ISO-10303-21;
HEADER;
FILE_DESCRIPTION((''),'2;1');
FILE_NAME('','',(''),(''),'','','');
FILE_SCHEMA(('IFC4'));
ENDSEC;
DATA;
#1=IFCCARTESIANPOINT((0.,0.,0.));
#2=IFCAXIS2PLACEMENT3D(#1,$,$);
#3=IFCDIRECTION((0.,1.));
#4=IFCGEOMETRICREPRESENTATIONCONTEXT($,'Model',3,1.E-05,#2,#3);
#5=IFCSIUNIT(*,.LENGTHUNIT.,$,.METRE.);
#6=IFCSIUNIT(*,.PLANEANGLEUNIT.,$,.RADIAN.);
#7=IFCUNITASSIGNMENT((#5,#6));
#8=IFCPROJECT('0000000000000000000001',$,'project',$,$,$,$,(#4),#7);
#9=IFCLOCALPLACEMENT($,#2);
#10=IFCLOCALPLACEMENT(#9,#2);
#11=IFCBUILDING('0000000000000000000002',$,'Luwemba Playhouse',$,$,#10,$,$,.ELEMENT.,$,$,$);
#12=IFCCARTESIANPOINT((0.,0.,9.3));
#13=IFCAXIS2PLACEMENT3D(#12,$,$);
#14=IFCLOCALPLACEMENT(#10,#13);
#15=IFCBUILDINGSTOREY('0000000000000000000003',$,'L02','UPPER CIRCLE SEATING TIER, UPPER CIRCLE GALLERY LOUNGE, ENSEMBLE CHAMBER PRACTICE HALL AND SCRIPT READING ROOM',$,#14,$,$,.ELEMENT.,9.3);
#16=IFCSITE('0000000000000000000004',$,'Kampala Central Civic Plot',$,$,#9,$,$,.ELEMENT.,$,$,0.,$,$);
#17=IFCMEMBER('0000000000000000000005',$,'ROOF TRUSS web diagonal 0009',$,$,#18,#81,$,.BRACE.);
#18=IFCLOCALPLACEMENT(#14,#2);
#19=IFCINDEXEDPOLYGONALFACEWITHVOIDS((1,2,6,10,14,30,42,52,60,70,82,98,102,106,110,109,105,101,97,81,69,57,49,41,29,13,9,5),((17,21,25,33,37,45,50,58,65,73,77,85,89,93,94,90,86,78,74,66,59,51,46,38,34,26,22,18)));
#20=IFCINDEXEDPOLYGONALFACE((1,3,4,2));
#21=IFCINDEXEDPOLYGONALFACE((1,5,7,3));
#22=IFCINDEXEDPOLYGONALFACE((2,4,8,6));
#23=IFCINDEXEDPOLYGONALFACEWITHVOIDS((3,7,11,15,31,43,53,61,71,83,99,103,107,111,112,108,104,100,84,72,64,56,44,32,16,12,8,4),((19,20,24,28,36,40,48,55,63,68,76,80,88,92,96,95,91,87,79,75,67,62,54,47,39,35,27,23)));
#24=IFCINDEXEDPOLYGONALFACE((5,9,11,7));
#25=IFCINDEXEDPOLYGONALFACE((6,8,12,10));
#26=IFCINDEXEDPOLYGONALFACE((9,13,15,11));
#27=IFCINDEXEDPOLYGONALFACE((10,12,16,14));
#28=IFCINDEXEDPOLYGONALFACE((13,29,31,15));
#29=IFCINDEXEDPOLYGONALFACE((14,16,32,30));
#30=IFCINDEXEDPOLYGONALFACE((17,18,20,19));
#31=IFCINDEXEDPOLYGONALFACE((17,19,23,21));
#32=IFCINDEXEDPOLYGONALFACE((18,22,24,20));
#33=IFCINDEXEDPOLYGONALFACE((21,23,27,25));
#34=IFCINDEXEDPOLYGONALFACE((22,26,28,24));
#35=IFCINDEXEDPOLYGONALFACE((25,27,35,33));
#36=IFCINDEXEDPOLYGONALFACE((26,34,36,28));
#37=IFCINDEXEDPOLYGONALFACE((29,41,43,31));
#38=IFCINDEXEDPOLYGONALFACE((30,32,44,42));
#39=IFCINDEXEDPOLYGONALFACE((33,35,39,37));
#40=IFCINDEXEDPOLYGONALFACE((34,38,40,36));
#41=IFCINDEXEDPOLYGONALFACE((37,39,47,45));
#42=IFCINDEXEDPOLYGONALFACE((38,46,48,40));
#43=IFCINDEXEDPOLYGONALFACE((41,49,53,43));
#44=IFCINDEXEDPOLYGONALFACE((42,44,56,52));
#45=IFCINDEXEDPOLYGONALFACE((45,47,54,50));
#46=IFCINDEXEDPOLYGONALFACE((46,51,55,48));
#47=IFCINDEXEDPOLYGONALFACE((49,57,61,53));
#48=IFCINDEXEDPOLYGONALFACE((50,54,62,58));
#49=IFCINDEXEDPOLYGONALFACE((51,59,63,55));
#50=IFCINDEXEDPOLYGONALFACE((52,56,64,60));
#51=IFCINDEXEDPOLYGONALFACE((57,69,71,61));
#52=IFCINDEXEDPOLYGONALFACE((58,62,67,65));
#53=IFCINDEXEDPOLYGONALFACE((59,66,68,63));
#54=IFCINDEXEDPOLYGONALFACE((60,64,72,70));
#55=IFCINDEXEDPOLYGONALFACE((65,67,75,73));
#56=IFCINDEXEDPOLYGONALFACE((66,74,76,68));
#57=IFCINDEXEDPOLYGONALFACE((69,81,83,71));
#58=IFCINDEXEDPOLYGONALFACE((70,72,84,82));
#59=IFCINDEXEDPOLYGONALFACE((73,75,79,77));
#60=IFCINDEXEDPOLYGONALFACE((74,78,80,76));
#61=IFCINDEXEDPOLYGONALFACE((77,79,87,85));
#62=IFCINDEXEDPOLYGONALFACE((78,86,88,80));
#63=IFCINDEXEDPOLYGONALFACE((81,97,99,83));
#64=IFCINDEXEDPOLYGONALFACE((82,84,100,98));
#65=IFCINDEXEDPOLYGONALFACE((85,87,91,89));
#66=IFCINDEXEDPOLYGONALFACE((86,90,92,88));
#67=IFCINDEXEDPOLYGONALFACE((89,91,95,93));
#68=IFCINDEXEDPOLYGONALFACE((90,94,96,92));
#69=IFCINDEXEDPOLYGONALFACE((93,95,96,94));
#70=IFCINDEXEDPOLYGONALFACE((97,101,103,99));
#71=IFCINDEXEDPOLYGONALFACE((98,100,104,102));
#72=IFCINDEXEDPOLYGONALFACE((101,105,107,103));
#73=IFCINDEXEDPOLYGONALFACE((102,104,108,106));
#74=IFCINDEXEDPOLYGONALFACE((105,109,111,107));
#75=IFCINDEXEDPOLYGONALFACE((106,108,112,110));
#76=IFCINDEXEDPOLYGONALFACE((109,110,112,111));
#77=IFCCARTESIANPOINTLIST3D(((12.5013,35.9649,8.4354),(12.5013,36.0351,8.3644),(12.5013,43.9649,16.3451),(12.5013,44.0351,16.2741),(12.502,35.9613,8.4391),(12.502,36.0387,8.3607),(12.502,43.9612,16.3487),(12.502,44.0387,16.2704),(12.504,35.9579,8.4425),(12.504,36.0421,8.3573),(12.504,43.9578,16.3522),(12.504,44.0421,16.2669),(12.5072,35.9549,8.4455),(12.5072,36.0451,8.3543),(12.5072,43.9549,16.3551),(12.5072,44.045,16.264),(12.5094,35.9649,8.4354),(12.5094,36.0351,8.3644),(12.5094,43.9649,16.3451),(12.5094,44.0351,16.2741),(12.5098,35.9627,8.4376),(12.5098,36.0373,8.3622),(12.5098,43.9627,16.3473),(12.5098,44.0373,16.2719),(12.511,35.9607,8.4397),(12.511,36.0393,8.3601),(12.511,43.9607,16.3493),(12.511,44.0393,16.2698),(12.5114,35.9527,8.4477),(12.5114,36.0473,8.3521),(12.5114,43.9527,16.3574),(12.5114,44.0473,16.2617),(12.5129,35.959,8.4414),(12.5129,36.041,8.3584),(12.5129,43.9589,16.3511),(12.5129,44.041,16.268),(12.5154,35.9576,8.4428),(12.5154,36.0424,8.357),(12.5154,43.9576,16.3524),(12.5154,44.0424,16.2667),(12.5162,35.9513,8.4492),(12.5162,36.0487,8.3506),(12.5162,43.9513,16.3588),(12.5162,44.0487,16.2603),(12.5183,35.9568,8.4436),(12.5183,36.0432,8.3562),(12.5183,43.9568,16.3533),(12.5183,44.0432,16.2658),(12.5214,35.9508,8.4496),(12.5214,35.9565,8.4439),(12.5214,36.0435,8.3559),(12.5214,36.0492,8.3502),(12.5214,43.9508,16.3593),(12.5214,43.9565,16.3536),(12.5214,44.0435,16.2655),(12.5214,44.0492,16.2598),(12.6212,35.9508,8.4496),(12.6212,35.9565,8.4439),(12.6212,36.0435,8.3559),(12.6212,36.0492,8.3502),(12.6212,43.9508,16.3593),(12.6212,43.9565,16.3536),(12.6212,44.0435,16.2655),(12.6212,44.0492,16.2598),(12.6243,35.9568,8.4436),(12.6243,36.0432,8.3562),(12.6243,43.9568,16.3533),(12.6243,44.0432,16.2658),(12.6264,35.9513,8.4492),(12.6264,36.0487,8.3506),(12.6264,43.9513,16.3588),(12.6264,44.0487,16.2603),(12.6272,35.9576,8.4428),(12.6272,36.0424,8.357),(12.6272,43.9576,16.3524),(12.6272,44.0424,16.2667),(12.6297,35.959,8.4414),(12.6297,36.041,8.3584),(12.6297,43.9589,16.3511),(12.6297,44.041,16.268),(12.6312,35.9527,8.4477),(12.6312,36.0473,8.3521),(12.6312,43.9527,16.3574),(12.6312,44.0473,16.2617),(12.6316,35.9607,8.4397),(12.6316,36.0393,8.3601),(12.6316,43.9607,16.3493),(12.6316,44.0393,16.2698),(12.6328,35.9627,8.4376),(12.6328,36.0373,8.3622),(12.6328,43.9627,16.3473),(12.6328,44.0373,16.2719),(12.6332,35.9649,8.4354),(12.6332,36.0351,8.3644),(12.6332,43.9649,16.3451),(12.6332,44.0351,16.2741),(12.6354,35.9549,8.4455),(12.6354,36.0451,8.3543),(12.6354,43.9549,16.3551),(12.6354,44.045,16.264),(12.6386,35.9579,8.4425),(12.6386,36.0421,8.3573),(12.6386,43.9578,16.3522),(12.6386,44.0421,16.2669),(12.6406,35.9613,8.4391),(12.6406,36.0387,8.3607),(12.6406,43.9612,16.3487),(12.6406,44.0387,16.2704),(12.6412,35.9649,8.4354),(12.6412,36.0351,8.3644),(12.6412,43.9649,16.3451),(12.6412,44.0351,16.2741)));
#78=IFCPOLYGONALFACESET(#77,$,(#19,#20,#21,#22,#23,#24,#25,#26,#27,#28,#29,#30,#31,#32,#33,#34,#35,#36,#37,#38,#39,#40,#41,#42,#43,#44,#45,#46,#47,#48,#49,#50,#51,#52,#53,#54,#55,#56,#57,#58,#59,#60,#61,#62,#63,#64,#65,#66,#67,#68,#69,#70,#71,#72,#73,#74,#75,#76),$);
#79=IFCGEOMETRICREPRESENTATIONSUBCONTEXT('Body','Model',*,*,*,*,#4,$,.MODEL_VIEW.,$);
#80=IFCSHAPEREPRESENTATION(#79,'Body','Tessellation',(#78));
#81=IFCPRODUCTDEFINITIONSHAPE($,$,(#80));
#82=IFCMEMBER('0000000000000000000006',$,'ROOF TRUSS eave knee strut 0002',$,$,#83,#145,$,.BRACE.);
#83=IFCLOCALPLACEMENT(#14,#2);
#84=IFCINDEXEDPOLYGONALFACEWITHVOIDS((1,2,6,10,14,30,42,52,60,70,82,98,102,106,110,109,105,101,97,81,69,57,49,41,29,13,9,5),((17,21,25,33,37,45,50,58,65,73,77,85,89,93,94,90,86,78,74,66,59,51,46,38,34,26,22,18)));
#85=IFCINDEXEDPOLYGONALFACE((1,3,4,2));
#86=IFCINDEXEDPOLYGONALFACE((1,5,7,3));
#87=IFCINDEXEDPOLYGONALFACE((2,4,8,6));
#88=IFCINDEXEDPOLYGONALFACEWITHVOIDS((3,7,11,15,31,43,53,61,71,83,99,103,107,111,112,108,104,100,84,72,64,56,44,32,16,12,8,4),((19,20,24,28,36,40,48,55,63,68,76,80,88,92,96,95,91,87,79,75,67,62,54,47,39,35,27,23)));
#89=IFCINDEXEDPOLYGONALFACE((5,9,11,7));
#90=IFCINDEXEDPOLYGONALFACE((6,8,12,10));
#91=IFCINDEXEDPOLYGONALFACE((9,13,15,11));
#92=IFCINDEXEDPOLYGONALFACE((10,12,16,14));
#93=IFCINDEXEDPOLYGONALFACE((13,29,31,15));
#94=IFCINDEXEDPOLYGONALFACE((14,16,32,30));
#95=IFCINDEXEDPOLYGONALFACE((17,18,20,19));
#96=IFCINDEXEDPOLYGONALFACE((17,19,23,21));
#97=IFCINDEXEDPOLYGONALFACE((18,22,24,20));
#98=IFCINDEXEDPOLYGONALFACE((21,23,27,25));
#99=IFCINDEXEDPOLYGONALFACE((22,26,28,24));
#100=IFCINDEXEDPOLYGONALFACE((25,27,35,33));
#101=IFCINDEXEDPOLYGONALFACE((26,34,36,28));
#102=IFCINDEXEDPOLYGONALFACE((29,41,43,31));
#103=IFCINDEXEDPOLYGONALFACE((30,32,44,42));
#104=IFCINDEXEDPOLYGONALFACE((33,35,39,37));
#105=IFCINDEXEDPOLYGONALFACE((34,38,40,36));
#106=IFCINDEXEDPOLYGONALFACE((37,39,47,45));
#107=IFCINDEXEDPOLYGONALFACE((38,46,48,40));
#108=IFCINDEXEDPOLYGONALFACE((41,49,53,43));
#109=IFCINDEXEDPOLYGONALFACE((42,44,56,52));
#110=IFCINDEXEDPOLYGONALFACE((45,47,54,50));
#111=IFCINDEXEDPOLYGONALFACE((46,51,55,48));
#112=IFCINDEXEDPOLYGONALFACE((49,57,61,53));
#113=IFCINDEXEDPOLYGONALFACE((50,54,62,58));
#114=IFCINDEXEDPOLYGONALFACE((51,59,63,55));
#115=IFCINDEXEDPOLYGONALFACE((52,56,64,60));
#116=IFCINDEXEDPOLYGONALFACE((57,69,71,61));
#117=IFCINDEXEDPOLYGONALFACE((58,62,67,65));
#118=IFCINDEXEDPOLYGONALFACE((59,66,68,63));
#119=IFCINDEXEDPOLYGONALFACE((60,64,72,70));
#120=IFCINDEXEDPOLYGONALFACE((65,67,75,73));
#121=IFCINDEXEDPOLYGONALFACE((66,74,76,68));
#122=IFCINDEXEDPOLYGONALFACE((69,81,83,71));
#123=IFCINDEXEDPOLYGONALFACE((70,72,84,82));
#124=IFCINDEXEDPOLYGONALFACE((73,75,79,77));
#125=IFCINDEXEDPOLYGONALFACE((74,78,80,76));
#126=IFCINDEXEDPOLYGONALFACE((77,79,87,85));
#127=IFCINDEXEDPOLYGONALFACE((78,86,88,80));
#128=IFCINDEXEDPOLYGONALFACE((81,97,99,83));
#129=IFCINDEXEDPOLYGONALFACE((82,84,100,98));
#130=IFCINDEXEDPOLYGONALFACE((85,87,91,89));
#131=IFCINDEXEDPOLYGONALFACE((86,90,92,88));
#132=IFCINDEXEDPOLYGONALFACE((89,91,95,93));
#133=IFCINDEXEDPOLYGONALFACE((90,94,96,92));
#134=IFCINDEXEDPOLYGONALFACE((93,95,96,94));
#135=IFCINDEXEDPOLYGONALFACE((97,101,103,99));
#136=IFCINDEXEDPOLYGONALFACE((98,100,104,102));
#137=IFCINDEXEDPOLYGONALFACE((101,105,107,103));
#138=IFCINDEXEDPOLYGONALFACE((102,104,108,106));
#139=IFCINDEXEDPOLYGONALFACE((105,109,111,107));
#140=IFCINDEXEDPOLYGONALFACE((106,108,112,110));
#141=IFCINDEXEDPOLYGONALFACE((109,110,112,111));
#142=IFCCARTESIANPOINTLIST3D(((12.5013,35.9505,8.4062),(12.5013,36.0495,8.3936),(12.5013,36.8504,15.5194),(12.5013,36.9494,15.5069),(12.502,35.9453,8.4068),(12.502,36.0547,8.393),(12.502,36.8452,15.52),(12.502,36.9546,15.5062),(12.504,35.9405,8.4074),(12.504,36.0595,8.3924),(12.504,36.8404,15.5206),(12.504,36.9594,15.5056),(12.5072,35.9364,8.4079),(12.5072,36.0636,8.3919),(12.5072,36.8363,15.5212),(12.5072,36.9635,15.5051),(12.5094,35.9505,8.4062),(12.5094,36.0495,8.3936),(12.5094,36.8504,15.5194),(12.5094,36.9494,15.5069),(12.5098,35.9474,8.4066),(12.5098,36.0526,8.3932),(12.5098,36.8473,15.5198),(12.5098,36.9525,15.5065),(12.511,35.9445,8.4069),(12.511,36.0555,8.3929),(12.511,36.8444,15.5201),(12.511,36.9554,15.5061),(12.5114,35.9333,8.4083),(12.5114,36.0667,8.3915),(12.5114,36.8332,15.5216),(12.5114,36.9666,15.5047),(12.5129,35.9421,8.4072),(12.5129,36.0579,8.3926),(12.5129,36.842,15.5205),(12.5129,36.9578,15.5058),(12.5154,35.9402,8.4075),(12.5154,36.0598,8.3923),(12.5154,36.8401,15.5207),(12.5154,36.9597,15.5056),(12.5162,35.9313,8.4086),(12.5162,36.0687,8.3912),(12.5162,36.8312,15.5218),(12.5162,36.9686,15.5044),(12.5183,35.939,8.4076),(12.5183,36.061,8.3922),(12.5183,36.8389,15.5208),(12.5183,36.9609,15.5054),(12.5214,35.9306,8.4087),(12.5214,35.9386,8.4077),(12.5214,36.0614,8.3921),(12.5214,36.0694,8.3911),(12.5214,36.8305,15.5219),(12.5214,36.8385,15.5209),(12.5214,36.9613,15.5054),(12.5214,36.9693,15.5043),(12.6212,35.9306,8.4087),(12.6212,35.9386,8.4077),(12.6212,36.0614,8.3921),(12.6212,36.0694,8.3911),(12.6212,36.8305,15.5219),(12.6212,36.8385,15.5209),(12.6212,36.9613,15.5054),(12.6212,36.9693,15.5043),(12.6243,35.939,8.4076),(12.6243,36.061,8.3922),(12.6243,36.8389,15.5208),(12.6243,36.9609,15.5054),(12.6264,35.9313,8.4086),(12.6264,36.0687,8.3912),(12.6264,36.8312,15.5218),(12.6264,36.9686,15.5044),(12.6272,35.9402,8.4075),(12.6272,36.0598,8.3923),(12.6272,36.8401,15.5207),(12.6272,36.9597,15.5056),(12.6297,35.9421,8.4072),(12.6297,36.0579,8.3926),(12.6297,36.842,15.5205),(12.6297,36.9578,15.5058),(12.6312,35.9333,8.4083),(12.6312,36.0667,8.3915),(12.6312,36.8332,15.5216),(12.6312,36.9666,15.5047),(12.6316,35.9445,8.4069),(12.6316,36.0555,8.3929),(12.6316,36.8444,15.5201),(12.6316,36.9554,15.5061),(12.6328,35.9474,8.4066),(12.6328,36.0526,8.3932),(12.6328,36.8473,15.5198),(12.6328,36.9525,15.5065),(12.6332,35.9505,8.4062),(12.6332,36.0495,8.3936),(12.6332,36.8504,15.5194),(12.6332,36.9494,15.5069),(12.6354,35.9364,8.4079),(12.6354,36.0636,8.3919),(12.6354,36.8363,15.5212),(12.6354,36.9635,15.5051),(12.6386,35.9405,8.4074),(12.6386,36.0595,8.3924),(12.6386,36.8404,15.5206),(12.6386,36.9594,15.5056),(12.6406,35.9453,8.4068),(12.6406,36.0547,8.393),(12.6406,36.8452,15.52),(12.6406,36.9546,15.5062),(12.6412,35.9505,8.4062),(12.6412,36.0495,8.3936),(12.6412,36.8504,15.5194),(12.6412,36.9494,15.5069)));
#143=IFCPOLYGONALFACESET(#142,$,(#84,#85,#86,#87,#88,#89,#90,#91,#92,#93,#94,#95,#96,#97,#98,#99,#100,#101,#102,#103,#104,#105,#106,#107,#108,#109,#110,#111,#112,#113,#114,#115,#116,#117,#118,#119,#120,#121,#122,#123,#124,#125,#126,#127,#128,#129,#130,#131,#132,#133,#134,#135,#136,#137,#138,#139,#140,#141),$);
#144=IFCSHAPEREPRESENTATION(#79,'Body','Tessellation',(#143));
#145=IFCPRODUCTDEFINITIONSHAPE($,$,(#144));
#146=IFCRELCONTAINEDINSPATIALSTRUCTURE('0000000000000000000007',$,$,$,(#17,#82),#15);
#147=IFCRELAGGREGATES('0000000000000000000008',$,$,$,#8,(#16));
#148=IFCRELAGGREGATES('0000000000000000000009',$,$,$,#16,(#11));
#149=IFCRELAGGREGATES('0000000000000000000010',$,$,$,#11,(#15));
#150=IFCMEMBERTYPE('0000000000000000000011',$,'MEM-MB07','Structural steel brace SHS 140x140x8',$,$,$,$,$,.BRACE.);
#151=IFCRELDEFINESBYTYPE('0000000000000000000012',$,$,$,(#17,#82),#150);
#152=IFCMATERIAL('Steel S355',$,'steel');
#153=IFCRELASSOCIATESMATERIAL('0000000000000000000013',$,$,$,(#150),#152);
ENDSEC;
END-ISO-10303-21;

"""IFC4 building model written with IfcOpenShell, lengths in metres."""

from ifc_helpers import new_model, si_unit, direction, frame, origin, origin_2d, place, context, subcontext, project, spatial, hollow_rectangle, extrude, material, material_profile, profile_set, type_object, element, save


model = new_model("IFC4")

# Units and contexts
model_context = context("Model", 3, precision=1e-05, world=origin(), true_north=direction((0.0, 1.0)))
body_context = subcontext(model_context, "Body", "Model", "MODEL_VIEW")
ifc_project = project(units=[si_unit("LENGTHUNIT", "METRE"), si_unit("PLANEANGLEUNIT", "RADIAN")], contexts=[model_context])

# Site, building, storey
site_placement = place(None, origin())
site = spatial("IfcSite", under=ifc_project, at=site_placement, Name="Kampala Central Civic Plot", CompositionType="ELEMENT", RefElevation=0.0)
building_placement = place(site_placement, origin())
building = spatial("IfcBuilding", under=site, at=building_placement, Name="Luwemba Playhouse", CompositionType="ELEMENT")
storey_placement = place(building_placement, frame((0.0, 0.0, 9.3)))
storey = spatial("IfcBuildingStorey", under=building, at=storey_placement, Name="L02", Description="UPPER CIRCLE SEATING TIER, UPPER CIRCLE GALLERY LOUNGE, ENSEMBLE CHAMBER PRACTICE HALL AND SCRIPT READING ROOM", CompositionType="ELEMENT", Elevation=9.3)

# Shared definitions
ifc_material_1 = material(Name="Steel S355", Category="steel")

# Members
ifc_material_profile_1 = material_profile(ifc_material_1, hollow_rectangle(XDim=0.1399, YDim=0.1399, WallThickness=0.0081, InnerFilletRadius=0.012, OuterFilletRadius=0.02, at=origin_2d()))
ifc_profile_set_1 = profile_set([ifc_material_profile_1], Name="Steel S355")
member_type_1 = type_object("IfcMemberType", Name="MEM-MB07", Description="Structural steel brace SHS 140x140x8", PredefinedType="BRACE", material=ifc_profile_set_1)
member_1_placement = place(storey_placement, frame((12.5713, 36.0, 8.3999), z_axis=(0.0, 0.71111, 0.703081), x_axis=(-1.0, 0.0, 0.0)))
element("IfcMember", 1, at=member_1_placement, inside=storey, type_object=member_type_1, Name="ROOF TRUSS web diagonal 0009", PredefinedType="BRACE", context=body_context, shape_type="SweptSolid", body=[
    extrude(hollow_rectangle(XDim=0.1399, YDim=0.1399, WallThickness=0.0081, InnerFilletRadius=0.012, OuterFilletRadius=0.02, at=origin_2d()), origin(), (0.0, 0.0, 1.0), 11.25),
])
member_2_placement = place(storey_placement, frame((12.5713, 36.0, 8.3999), z_axis=(0.0, 0.12551, 0.992092), x_axis=(-1.0, 0.0, 0.0)))
element("IfcMember", 2, at=member_2_placement, inside=storey, type_object=member_type_1, Name="ROOF TRUSS eave knee strut 0002", PredefinedType="BRACE", context=body_context, shape_type="SweptSolid", body=[
    extrude(hollow_rectangle(XDim=0.1399, YDim=0.1399, WallThickness=0.0081, InnerFilletRadius=0.012, OuterFilletRadius=0.02, at=origin_2d()), origin(), (0.0, 0.0, 1.0), 7.1699),
])

save(model, "model.ifc")
